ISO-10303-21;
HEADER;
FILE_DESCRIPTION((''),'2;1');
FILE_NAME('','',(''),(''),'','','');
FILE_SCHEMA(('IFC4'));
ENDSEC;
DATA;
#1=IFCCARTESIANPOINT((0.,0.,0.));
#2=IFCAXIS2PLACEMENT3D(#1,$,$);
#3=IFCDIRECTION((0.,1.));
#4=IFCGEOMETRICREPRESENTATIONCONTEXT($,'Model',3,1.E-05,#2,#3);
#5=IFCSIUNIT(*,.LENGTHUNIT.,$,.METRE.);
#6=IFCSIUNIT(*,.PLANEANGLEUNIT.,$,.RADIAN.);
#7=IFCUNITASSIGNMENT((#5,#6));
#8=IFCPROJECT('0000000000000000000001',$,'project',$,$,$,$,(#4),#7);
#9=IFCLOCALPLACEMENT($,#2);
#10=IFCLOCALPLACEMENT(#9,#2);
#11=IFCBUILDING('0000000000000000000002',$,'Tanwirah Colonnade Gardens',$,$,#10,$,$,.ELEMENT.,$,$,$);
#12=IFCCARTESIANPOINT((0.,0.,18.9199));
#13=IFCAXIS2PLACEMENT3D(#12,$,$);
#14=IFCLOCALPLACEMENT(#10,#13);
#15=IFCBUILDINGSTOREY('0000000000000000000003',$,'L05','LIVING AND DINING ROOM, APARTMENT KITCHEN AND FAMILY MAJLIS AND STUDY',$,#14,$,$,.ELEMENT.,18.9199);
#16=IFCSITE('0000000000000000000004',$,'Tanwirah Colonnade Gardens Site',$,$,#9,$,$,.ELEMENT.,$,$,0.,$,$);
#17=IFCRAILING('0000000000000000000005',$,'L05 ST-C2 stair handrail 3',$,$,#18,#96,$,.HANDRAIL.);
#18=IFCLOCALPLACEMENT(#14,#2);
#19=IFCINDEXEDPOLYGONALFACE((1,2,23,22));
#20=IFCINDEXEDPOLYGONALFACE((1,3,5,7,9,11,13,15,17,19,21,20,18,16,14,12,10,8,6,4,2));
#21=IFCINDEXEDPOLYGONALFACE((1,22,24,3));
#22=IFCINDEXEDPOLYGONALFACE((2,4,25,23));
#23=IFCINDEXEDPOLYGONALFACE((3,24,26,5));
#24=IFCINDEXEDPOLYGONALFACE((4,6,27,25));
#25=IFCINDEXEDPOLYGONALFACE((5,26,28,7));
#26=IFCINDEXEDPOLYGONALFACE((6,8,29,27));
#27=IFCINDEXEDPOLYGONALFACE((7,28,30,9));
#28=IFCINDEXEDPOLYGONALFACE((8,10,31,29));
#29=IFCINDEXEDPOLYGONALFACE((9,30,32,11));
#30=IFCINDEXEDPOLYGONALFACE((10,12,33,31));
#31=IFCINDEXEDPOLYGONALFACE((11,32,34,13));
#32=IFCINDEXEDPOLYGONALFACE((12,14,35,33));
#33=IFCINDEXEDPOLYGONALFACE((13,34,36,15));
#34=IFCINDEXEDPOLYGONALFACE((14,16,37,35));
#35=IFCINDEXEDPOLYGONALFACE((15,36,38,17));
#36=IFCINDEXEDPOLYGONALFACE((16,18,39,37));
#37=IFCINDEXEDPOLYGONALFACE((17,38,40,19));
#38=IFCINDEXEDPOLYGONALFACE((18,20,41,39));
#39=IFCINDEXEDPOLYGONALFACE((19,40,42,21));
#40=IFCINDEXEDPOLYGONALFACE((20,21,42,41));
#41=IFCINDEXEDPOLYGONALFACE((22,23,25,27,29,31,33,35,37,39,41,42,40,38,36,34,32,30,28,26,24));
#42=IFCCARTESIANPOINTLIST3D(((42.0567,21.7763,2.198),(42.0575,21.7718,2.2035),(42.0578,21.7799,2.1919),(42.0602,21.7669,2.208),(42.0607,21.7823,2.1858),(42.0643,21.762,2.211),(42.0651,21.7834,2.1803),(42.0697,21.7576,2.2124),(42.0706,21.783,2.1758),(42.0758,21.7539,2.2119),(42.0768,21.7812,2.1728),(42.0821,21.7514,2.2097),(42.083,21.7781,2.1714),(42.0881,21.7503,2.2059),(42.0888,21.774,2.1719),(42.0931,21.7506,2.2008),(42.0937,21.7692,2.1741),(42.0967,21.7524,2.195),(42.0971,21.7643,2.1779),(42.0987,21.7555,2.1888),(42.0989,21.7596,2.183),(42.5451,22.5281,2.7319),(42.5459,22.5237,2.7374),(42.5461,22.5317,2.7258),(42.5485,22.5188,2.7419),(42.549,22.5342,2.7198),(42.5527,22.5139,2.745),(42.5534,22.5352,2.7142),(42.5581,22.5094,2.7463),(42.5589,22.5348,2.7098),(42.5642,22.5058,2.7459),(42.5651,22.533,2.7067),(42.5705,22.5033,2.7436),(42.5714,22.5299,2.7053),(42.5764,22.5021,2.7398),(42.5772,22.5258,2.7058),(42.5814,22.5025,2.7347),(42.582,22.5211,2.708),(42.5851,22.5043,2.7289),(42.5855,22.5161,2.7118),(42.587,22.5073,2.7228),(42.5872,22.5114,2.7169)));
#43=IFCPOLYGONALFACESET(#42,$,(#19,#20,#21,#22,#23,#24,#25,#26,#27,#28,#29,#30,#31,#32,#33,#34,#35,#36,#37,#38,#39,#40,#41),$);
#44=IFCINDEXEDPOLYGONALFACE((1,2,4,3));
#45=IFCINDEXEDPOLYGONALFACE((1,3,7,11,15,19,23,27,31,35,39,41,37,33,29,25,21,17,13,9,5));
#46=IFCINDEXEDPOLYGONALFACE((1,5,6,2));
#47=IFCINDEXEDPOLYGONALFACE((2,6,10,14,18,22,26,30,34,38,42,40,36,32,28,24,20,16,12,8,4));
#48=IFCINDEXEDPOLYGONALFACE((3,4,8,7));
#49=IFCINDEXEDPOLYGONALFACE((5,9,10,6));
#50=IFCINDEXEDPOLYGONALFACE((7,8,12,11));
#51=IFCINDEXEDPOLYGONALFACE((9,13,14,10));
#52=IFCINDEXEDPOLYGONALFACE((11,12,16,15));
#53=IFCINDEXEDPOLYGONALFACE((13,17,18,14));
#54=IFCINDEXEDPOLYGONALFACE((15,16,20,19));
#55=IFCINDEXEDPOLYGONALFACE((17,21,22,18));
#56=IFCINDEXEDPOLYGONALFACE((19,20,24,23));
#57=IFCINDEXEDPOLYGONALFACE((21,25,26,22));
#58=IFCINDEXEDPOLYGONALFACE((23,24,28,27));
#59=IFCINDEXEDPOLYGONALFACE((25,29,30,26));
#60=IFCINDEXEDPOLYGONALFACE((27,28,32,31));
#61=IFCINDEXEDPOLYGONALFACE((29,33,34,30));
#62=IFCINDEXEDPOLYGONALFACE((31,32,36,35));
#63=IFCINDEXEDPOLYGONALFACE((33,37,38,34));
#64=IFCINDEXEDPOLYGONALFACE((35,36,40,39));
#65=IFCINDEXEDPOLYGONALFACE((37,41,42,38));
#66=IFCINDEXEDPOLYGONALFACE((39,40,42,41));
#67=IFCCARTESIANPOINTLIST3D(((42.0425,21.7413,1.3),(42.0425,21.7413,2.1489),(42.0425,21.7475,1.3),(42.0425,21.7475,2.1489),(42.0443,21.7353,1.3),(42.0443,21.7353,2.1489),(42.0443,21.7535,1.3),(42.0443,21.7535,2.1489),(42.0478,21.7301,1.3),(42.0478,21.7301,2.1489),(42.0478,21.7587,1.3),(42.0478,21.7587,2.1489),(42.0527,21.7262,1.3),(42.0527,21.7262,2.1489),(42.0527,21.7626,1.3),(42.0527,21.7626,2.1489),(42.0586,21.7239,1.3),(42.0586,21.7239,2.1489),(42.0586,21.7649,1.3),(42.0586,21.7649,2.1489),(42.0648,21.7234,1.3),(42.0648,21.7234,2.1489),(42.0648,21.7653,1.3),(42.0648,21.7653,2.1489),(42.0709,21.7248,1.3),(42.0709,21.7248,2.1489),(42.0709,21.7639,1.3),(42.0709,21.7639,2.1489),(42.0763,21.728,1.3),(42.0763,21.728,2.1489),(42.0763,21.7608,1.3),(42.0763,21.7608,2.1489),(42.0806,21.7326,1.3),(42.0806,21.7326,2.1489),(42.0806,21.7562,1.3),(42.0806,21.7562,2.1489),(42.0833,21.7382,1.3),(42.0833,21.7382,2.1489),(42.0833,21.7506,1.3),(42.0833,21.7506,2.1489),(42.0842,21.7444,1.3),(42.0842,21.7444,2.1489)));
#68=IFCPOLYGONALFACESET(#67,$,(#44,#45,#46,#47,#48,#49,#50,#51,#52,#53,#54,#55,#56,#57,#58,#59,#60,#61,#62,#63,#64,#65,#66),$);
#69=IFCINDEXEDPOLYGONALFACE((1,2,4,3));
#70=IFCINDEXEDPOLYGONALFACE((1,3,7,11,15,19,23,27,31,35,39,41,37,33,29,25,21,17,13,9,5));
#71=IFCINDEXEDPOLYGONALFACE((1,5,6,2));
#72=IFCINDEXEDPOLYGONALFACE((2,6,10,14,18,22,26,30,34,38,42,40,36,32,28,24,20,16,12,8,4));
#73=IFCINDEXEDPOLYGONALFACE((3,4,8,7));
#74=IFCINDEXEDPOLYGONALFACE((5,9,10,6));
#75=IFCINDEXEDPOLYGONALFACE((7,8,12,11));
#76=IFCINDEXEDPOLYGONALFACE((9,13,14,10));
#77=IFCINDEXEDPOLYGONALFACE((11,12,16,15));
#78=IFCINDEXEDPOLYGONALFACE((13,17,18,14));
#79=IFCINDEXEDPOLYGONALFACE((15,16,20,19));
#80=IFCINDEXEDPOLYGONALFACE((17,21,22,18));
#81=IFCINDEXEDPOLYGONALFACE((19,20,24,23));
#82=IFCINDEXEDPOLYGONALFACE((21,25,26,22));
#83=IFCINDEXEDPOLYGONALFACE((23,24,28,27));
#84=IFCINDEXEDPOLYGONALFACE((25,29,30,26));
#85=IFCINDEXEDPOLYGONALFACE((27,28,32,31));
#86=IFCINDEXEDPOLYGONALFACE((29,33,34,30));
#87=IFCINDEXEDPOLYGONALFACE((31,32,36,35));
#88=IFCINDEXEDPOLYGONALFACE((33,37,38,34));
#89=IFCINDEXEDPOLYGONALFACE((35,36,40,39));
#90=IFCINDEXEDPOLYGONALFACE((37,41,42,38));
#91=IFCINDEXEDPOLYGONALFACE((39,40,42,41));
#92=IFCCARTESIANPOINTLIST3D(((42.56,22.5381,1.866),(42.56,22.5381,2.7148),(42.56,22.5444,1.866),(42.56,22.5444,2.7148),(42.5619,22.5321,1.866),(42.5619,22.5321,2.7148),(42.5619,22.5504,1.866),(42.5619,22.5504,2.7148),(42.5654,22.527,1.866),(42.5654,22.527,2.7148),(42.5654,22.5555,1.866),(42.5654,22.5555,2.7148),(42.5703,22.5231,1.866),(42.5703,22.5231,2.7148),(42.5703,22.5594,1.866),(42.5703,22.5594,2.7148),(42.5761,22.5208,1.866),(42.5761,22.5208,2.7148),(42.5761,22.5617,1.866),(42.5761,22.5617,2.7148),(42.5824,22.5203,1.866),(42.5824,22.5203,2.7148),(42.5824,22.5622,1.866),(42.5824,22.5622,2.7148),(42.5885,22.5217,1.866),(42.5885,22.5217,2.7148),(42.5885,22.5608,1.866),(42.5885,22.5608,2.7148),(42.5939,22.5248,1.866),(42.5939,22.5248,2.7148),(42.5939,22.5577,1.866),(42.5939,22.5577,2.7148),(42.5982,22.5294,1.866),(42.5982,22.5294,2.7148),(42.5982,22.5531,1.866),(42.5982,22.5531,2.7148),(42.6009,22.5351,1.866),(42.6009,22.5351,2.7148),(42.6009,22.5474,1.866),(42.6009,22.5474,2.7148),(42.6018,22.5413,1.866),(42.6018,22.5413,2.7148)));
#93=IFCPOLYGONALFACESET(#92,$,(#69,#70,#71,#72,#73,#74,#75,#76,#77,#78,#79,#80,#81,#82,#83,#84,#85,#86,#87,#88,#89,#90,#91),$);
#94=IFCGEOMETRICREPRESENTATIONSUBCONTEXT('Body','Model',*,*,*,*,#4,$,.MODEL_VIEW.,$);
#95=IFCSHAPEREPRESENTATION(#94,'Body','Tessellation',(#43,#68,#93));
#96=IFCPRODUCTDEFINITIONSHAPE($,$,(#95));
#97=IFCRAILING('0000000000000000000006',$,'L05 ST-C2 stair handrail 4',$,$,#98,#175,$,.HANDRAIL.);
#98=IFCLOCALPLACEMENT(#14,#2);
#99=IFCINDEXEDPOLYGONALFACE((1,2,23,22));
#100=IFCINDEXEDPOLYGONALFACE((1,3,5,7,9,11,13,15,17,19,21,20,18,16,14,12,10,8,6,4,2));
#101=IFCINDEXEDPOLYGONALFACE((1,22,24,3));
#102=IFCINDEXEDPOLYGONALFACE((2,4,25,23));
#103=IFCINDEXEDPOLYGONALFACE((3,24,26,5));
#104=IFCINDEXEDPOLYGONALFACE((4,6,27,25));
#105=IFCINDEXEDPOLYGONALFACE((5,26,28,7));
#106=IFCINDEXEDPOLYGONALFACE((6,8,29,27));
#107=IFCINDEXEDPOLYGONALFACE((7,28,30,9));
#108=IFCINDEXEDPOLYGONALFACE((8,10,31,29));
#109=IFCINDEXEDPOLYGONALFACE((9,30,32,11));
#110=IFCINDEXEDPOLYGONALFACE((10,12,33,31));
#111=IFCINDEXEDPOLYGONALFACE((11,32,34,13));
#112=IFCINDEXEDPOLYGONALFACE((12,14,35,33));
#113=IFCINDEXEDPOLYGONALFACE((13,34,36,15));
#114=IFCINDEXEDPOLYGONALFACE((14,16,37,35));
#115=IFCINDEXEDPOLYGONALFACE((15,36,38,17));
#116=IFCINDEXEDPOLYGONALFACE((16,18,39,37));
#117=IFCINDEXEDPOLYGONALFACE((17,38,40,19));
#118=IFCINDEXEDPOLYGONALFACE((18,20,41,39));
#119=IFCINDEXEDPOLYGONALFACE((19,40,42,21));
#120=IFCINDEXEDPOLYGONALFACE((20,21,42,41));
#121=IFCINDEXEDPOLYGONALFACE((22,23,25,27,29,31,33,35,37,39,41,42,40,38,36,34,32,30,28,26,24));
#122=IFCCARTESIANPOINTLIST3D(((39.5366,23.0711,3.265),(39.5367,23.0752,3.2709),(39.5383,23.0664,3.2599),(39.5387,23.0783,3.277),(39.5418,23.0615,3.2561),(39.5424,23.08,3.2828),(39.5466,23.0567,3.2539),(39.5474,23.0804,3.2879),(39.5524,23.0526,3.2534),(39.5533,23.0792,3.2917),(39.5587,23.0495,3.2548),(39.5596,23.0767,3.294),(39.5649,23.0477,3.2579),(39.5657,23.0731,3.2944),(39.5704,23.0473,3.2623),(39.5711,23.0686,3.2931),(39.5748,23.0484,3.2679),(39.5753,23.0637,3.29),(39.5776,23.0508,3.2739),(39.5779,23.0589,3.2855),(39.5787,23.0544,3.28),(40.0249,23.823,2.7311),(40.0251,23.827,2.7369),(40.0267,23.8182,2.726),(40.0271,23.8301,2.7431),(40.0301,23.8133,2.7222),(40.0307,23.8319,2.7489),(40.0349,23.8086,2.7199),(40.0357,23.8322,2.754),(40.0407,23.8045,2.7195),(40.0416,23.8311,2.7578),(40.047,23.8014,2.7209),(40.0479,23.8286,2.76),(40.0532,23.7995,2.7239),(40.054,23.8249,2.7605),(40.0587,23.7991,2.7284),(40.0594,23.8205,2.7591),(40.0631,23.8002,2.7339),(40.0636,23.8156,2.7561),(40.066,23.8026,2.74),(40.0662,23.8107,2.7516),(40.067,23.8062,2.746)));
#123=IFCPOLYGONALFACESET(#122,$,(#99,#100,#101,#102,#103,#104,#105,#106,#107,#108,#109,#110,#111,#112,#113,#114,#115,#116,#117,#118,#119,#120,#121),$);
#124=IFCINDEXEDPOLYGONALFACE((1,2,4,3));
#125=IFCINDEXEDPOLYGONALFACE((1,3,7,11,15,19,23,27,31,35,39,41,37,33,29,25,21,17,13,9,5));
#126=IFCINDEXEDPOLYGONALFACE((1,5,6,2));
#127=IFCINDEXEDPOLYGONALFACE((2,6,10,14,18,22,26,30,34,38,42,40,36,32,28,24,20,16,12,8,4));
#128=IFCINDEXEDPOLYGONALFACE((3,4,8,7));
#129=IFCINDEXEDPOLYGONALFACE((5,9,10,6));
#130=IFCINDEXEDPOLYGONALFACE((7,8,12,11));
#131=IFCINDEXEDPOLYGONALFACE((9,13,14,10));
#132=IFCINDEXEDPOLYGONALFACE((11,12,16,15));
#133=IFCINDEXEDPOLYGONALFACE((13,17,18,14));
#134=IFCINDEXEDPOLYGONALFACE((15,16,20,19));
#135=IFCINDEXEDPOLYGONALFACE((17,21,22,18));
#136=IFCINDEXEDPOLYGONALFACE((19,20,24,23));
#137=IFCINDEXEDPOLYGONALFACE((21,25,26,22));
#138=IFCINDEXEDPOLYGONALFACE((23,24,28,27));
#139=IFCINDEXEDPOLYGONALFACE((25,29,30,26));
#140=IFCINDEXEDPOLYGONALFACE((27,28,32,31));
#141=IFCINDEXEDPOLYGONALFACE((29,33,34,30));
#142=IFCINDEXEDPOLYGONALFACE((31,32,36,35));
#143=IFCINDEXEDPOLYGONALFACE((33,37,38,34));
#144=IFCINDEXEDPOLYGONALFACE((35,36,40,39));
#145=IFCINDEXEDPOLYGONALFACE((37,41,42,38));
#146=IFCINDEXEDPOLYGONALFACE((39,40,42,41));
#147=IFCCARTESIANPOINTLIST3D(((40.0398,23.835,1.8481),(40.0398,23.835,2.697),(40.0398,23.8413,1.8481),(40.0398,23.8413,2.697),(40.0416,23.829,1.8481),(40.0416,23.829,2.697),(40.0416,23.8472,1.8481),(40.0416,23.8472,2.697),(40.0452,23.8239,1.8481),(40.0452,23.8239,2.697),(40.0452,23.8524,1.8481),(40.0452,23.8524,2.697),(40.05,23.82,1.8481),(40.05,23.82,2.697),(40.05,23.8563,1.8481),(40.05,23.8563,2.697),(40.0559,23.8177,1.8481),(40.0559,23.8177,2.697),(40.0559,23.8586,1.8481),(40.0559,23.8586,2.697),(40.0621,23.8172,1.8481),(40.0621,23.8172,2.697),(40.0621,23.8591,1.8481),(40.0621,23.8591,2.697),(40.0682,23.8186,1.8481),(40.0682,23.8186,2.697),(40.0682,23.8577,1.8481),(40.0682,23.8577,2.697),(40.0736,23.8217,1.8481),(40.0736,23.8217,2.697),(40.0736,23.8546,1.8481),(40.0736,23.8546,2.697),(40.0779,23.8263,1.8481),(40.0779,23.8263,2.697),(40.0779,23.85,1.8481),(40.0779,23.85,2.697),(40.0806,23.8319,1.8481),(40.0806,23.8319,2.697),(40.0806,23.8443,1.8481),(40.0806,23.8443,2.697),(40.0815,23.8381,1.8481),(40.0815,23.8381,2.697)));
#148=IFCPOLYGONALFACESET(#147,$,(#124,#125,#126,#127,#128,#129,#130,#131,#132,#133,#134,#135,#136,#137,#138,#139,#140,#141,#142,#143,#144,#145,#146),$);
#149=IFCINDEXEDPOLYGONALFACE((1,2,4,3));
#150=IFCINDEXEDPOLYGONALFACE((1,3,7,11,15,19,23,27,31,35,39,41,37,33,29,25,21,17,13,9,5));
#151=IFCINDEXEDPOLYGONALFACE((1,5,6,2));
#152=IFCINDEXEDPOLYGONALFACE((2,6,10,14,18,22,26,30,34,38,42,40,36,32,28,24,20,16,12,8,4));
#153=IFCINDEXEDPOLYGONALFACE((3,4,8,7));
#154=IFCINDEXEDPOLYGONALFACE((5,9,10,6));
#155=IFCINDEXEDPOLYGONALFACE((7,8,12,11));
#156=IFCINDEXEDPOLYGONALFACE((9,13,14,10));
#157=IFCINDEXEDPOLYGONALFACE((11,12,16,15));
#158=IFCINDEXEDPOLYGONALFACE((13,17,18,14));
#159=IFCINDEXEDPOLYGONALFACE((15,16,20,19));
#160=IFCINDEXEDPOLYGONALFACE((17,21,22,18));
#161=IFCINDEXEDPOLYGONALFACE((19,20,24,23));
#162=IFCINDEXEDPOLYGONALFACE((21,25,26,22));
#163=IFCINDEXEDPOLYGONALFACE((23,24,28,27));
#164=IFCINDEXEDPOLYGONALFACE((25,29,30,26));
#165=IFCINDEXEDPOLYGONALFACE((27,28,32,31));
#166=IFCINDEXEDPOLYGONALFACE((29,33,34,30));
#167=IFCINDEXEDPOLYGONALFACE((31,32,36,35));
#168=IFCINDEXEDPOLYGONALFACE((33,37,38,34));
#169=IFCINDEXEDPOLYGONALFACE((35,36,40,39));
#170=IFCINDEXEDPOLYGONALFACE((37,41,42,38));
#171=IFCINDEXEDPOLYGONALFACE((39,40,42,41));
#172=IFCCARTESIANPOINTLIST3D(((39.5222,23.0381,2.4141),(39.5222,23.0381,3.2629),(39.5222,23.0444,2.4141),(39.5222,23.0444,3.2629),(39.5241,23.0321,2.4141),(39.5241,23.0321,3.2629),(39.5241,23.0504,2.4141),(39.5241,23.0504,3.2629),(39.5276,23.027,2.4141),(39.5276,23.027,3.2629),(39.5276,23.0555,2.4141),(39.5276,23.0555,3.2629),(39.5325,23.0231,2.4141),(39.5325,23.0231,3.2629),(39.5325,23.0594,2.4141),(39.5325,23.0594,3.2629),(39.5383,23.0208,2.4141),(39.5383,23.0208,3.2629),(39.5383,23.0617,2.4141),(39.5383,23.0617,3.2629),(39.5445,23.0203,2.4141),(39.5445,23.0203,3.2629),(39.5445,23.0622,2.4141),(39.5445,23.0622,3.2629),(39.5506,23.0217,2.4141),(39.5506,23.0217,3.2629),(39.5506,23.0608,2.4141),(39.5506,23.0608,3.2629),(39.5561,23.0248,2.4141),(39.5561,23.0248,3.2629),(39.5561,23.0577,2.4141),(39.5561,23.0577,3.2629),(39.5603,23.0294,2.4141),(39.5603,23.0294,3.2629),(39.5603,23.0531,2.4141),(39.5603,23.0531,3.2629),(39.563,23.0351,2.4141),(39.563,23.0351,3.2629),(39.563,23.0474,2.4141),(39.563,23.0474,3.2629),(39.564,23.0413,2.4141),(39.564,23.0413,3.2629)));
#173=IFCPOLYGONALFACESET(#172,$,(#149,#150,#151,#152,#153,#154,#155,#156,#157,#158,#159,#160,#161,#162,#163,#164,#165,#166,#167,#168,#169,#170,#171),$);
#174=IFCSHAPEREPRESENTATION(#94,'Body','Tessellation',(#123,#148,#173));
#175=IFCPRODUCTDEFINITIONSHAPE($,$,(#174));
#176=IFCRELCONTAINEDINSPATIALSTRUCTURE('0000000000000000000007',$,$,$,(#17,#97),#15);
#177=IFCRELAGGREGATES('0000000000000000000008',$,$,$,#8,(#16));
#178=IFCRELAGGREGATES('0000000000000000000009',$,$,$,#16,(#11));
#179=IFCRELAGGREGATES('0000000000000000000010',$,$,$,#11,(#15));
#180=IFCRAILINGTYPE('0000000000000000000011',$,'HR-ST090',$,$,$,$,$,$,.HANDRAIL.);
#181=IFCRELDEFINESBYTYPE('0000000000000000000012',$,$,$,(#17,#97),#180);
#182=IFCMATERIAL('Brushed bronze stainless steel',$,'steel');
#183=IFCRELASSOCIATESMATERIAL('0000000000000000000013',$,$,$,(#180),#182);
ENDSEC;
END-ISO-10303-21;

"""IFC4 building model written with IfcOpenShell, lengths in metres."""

from ifc_helpers import new_model, si_unit, direction, frame, origin, origin_2d, place, context, subcontext, project, spatial, circle, extrude, material, type_object, element, save


model = new_model("IFC4")

# Units and contexts
model_context = context("Model", 3, precision=1e-05, world=origin(), true_north=direction((0.0, 1.0)))
body_context = subcontext(model_context, "Body", "Model", "MODEL_VIEW")
ifc_project = project(units=[si_unit("LENGTHUNIT", "METRE"), si_unit("PLANEANGLEUNIT", "RADIAN")], contexts=[model_context])

# Site, building, storey
site_placement = place(None, origin())
site = spatial("IfcSite", under=ifc_project, at=site_placement, Name="Tanwirah Colonnade Gardens Site", CompositionType="ELEMENT", RefElevation=0.0)
building_placement = place(site_placement, origin())
building = spatial("IfcBuilding", under=site, at=building_placement, Name="Tanwirah Colonnade Gardens", CompositionType="ELEMENT")
storey_placement = place(building_placement, frame((0.0, 0.0, 18.9199)))
storey = spatial("IfcBuildingStorey", under=building, at=storey_placement, Name="L05", Description="LIVING AND DINING ROOM, APARTMENT KITCHEN AND FAMILY MAJLIS AND STUDY", CompositionType="ELEMENT", Elevation=18.9199)

# Railings
ifc_material_1 = material(Name="Brushed bronze stainless steel", Category="steel")
railing_type_1 = type_object("IfcRailingType", Name="HR-ST090", PredefinedType="HANDRAIL", material=ifc_material_1)
railing_1_placement = place(storey_placement, frame((42.0632, 21.7444, 1.3)))
element("IfcRailing", 1, at=railing_1_placement, inside=storey, type_object=railing_type_1, Name="L05 ST-C2 stair handrail 3", PredefinedType="HANDRAIL", context=body_context, shape_type="SweptSolid", body=[
    extrude(circle(Radius=0.0239, at=origin_2d()), frame((0.0146, 0.0225, 0.8918), z_axis=(0.467988, 0.720524, 0.511696), x_axis=(-0.838631, 0.544699, 0.0)), (0.0, 0.0, 1.0), 1.0435),
    extrude(circle(Radius=0.021, at=origin_2d()), origin(), (0.0, 0.0, 1.0), 0.8489),
    extrude(circle(Radius=0.021, at=origin_2d()), frame((0.5176, 0.7969, 0.5659)), (0.0, 0.0, 1.0), 0.8489),
])
railing_2_placement = place(storey_placement, frame((40.0605, 23.8381, 1.8481)))
element("IfcRailing", 2, at=railing_2_placement, inside=storey, type_object=railing_type_1, Name="L05 ST-C2 stair handrail 4", PredefinedType="HANDRAIL", context=body_context, shape_type="SweptSolid", body=[
    extrude(circle(Radius=0.0239, at=origin_2d()), frame((-0.0146, -0.0225, 0.8918), z_axis=(-0.467988, -0.720524, 0.511696), x_axis=(0.838631, -0.544699, 0.0)), (0.0, 0.0, 1.0), 1.0435),
    extrude(circle(Radius=0.021, at=origin_2d()), origin(), (0.0, 0.0, 1.0), 0.8489),
    extrude(circle(Radius=0.021, at=origin_2d()), frame((-0.5176, -0.7969, 0.5659)), (0.0, 0.0, 1.0), 0.8489),
])

save(model, "model.ifc")
